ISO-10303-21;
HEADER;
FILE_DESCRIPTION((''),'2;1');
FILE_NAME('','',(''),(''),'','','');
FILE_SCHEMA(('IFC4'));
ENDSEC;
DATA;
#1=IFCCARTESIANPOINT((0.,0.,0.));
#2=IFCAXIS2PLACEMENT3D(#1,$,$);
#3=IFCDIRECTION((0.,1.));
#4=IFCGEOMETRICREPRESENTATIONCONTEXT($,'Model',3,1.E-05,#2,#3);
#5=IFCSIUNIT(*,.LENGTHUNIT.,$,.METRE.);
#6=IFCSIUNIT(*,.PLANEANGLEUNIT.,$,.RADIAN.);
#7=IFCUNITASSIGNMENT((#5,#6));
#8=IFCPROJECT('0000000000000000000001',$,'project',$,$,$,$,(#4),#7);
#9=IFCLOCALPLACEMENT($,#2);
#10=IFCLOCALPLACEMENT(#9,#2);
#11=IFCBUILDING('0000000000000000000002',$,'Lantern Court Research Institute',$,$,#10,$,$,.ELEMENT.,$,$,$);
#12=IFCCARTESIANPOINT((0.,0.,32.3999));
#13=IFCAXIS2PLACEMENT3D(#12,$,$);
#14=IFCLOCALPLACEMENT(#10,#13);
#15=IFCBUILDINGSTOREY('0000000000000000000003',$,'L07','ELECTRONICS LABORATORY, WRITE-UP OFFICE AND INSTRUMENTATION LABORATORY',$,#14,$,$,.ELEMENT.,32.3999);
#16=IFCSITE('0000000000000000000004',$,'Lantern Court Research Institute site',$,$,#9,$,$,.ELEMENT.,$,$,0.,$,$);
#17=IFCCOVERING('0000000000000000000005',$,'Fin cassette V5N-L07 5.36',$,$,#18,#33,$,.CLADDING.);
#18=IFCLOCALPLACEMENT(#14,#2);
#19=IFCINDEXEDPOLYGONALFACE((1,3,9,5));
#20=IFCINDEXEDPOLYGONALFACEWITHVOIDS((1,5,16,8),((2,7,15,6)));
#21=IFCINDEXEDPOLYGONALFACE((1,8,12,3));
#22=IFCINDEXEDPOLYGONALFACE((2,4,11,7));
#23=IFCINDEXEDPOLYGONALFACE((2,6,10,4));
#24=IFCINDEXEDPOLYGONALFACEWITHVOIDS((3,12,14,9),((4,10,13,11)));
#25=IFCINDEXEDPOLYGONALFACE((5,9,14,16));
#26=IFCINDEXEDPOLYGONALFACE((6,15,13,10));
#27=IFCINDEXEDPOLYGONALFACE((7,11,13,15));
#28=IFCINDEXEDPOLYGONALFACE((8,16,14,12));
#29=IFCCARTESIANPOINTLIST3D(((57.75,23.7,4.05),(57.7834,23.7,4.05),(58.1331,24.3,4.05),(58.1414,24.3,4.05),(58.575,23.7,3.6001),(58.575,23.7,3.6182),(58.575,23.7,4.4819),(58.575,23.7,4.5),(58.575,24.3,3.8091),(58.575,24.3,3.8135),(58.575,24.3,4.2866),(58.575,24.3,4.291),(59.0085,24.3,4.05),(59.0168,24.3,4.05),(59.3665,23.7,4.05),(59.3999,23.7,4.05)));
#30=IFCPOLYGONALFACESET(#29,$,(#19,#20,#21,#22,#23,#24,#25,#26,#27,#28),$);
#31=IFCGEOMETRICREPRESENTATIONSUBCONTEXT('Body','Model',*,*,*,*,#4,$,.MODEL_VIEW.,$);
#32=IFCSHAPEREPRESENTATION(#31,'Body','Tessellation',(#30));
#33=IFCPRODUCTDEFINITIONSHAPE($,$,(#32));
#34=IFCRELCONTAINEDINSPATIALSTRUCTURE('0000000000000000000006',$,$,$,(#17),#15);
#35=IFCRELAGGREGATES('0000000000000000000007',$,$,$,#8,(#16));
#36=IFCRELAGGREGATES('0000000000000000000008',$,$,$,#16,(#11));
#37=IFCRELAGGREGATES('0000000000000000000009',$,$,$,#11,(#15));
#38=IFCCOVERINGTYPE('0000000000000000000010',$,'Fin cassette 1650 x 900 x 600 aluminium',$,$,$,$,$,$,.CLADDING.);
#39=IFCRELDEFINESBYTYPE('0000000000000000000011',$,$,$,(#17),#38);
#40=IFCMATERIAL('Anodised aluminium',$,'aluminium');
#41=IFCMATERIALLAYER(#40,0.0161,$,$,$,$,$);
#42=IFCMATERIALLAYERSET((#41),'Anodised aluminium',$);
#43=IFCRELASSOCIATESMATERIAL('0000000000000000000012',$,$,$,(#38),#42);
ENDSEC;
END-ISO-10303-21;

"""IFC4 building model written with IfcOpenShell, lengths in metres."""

from ifc_helpers import new_model, entity, si_unit, direction, frame, origin, place, context, subcontext, project, spatial, material, layer, layer_set, type_object, element, save


model = new_model("IFC4")

# Units and contexts
model_context = context("Model", 3, precision=1e-05, world=origin(), true_north=direction((0.0, 1.0)))
body_context = subcontext(model_context, "Body", "Model", "MODEL_VIEW")
ifc_project = project(units=[si_unit("LENGTHUNIT", "METRE"), si_unit("PLANEANGLEUNIT", "RADIAN")], contexts=[model_context])

# Site, building, storey
site_placement = place(None, origin())
site = spatial("IfcSite", under=ifc_project, at=site_placement, Name="Lantern Court Research Institute site", CompositionType="ELEMENT", RefElevation=0.0)
building_placement = place(site_placement, origin())
building = spatial("IfcBuilding", under=site, at=building_placement, Name="Lantern Court Research Institute", CompositionType="ELEMENT")
storey_placement = place(building_placement, frame((0.0, 0.0, 32.3999)))
storey = spatial("IfcBuildingStorey", under=building, at=storey_placement, Name="L07", Description="ELECTRONICS LABORATORY, WRITE-UP OFFICE AND INSTRUMENTATION LABORATORY", CompositionType="ELEMENT", Elevation=32.3999)

# Covering
ifc_material_1 = material(Name="Anodised aluminium", Category="aluminium")
ifc_layer_1 = layer(ifc_material_1, 0.0161)
ifc_layer_set_1 = layer_set([ifc_layer_1], Name="Anodised aluminium")
covering_type = type_object("IfcCoveringType", Name="Fin cassette 1650 x 900 x 600 aluminium", PredefinedType="CLADDING", material=ifc_layer_set_1)
covering_1_placement = place(storey_placement, frame((58.575, 23.7, 4.05), z_axis=(0.0, 1.0, 0.0), x_axis=(-1.0, 0.0, 0.0)))
cartesian_point_1 = entity("IfcCartesianPoint", [0.825, 0.0])
cartesian_point_2 = entity("IfcCartesianPoint", [0.7915, 0.0])
cartesian_point_3 = entity("IfcCartesianPoint", [0.4419, 0.0])
cartesian_point_4 = entity("IfcCartesianPoint", [0.4336, 0.0])
element("IfcCovering", 1, at=covering_1_placement, inside=storey, type_object=covering_type, Name="Fin cassette V5N-L07 5.36", PredefinedType="CLADDING", context=body_context, shape_type="SweptSolid", body=[
    entity("IfcExtrudedAreaSolidTapered", entity("IfcArbitraryProfileDefWithVoids", "AREA", None, entity("IfcPolyline", [cartesian_point_1, entity("IfcCartesianPoint", [0.0, 0.45]), entity("IfcCartesianPoint", [-0.825, 0.0]), entity("IfcCartesianPoint", [0.0, -0.45]), cartesian_point_1]), [entity("IfcPolyline", [cartesian_point_2, entity("IfcCartesianPoint", [0.0, 0.4319]), entity("IfcCartesianPoint", [-0.7915, 0.0]), entity("IfcCartesianPoint", [0.0, -0.4319]), cartesian_point_2])]), entity("IfcAxis2Placement3D", entity("IfcCartesianPoint", [0.0, 0.0, 0.0])), entity("IfcDirection", [0.0, 0.0, 1.0]), 0.6001, entity("IfcArbitraryProfileDefWithVoids", "AREA", None, entity("IfcPolyline", [cartesian_point_3, entity("IfcCartesianPoint", [0.0, 0.241]), entity("IfcCartesianPoint", [-0.4419, 0.0]), entity("IfcCartesianPoint", [0.0, -0.241]), cartesian_point_3]), [entity("IfcPolyline", [cartesian_point_4, entity("IfcCartesianPoint", [0.0, 0.2366]), entity("IfcCartesianPoint", [-0.4336, 0.0]), entity("IfcCartesianPoint", [0.0, -0.2366]), cartesian_point_4])])),
])

save(model, "model.ifc")
